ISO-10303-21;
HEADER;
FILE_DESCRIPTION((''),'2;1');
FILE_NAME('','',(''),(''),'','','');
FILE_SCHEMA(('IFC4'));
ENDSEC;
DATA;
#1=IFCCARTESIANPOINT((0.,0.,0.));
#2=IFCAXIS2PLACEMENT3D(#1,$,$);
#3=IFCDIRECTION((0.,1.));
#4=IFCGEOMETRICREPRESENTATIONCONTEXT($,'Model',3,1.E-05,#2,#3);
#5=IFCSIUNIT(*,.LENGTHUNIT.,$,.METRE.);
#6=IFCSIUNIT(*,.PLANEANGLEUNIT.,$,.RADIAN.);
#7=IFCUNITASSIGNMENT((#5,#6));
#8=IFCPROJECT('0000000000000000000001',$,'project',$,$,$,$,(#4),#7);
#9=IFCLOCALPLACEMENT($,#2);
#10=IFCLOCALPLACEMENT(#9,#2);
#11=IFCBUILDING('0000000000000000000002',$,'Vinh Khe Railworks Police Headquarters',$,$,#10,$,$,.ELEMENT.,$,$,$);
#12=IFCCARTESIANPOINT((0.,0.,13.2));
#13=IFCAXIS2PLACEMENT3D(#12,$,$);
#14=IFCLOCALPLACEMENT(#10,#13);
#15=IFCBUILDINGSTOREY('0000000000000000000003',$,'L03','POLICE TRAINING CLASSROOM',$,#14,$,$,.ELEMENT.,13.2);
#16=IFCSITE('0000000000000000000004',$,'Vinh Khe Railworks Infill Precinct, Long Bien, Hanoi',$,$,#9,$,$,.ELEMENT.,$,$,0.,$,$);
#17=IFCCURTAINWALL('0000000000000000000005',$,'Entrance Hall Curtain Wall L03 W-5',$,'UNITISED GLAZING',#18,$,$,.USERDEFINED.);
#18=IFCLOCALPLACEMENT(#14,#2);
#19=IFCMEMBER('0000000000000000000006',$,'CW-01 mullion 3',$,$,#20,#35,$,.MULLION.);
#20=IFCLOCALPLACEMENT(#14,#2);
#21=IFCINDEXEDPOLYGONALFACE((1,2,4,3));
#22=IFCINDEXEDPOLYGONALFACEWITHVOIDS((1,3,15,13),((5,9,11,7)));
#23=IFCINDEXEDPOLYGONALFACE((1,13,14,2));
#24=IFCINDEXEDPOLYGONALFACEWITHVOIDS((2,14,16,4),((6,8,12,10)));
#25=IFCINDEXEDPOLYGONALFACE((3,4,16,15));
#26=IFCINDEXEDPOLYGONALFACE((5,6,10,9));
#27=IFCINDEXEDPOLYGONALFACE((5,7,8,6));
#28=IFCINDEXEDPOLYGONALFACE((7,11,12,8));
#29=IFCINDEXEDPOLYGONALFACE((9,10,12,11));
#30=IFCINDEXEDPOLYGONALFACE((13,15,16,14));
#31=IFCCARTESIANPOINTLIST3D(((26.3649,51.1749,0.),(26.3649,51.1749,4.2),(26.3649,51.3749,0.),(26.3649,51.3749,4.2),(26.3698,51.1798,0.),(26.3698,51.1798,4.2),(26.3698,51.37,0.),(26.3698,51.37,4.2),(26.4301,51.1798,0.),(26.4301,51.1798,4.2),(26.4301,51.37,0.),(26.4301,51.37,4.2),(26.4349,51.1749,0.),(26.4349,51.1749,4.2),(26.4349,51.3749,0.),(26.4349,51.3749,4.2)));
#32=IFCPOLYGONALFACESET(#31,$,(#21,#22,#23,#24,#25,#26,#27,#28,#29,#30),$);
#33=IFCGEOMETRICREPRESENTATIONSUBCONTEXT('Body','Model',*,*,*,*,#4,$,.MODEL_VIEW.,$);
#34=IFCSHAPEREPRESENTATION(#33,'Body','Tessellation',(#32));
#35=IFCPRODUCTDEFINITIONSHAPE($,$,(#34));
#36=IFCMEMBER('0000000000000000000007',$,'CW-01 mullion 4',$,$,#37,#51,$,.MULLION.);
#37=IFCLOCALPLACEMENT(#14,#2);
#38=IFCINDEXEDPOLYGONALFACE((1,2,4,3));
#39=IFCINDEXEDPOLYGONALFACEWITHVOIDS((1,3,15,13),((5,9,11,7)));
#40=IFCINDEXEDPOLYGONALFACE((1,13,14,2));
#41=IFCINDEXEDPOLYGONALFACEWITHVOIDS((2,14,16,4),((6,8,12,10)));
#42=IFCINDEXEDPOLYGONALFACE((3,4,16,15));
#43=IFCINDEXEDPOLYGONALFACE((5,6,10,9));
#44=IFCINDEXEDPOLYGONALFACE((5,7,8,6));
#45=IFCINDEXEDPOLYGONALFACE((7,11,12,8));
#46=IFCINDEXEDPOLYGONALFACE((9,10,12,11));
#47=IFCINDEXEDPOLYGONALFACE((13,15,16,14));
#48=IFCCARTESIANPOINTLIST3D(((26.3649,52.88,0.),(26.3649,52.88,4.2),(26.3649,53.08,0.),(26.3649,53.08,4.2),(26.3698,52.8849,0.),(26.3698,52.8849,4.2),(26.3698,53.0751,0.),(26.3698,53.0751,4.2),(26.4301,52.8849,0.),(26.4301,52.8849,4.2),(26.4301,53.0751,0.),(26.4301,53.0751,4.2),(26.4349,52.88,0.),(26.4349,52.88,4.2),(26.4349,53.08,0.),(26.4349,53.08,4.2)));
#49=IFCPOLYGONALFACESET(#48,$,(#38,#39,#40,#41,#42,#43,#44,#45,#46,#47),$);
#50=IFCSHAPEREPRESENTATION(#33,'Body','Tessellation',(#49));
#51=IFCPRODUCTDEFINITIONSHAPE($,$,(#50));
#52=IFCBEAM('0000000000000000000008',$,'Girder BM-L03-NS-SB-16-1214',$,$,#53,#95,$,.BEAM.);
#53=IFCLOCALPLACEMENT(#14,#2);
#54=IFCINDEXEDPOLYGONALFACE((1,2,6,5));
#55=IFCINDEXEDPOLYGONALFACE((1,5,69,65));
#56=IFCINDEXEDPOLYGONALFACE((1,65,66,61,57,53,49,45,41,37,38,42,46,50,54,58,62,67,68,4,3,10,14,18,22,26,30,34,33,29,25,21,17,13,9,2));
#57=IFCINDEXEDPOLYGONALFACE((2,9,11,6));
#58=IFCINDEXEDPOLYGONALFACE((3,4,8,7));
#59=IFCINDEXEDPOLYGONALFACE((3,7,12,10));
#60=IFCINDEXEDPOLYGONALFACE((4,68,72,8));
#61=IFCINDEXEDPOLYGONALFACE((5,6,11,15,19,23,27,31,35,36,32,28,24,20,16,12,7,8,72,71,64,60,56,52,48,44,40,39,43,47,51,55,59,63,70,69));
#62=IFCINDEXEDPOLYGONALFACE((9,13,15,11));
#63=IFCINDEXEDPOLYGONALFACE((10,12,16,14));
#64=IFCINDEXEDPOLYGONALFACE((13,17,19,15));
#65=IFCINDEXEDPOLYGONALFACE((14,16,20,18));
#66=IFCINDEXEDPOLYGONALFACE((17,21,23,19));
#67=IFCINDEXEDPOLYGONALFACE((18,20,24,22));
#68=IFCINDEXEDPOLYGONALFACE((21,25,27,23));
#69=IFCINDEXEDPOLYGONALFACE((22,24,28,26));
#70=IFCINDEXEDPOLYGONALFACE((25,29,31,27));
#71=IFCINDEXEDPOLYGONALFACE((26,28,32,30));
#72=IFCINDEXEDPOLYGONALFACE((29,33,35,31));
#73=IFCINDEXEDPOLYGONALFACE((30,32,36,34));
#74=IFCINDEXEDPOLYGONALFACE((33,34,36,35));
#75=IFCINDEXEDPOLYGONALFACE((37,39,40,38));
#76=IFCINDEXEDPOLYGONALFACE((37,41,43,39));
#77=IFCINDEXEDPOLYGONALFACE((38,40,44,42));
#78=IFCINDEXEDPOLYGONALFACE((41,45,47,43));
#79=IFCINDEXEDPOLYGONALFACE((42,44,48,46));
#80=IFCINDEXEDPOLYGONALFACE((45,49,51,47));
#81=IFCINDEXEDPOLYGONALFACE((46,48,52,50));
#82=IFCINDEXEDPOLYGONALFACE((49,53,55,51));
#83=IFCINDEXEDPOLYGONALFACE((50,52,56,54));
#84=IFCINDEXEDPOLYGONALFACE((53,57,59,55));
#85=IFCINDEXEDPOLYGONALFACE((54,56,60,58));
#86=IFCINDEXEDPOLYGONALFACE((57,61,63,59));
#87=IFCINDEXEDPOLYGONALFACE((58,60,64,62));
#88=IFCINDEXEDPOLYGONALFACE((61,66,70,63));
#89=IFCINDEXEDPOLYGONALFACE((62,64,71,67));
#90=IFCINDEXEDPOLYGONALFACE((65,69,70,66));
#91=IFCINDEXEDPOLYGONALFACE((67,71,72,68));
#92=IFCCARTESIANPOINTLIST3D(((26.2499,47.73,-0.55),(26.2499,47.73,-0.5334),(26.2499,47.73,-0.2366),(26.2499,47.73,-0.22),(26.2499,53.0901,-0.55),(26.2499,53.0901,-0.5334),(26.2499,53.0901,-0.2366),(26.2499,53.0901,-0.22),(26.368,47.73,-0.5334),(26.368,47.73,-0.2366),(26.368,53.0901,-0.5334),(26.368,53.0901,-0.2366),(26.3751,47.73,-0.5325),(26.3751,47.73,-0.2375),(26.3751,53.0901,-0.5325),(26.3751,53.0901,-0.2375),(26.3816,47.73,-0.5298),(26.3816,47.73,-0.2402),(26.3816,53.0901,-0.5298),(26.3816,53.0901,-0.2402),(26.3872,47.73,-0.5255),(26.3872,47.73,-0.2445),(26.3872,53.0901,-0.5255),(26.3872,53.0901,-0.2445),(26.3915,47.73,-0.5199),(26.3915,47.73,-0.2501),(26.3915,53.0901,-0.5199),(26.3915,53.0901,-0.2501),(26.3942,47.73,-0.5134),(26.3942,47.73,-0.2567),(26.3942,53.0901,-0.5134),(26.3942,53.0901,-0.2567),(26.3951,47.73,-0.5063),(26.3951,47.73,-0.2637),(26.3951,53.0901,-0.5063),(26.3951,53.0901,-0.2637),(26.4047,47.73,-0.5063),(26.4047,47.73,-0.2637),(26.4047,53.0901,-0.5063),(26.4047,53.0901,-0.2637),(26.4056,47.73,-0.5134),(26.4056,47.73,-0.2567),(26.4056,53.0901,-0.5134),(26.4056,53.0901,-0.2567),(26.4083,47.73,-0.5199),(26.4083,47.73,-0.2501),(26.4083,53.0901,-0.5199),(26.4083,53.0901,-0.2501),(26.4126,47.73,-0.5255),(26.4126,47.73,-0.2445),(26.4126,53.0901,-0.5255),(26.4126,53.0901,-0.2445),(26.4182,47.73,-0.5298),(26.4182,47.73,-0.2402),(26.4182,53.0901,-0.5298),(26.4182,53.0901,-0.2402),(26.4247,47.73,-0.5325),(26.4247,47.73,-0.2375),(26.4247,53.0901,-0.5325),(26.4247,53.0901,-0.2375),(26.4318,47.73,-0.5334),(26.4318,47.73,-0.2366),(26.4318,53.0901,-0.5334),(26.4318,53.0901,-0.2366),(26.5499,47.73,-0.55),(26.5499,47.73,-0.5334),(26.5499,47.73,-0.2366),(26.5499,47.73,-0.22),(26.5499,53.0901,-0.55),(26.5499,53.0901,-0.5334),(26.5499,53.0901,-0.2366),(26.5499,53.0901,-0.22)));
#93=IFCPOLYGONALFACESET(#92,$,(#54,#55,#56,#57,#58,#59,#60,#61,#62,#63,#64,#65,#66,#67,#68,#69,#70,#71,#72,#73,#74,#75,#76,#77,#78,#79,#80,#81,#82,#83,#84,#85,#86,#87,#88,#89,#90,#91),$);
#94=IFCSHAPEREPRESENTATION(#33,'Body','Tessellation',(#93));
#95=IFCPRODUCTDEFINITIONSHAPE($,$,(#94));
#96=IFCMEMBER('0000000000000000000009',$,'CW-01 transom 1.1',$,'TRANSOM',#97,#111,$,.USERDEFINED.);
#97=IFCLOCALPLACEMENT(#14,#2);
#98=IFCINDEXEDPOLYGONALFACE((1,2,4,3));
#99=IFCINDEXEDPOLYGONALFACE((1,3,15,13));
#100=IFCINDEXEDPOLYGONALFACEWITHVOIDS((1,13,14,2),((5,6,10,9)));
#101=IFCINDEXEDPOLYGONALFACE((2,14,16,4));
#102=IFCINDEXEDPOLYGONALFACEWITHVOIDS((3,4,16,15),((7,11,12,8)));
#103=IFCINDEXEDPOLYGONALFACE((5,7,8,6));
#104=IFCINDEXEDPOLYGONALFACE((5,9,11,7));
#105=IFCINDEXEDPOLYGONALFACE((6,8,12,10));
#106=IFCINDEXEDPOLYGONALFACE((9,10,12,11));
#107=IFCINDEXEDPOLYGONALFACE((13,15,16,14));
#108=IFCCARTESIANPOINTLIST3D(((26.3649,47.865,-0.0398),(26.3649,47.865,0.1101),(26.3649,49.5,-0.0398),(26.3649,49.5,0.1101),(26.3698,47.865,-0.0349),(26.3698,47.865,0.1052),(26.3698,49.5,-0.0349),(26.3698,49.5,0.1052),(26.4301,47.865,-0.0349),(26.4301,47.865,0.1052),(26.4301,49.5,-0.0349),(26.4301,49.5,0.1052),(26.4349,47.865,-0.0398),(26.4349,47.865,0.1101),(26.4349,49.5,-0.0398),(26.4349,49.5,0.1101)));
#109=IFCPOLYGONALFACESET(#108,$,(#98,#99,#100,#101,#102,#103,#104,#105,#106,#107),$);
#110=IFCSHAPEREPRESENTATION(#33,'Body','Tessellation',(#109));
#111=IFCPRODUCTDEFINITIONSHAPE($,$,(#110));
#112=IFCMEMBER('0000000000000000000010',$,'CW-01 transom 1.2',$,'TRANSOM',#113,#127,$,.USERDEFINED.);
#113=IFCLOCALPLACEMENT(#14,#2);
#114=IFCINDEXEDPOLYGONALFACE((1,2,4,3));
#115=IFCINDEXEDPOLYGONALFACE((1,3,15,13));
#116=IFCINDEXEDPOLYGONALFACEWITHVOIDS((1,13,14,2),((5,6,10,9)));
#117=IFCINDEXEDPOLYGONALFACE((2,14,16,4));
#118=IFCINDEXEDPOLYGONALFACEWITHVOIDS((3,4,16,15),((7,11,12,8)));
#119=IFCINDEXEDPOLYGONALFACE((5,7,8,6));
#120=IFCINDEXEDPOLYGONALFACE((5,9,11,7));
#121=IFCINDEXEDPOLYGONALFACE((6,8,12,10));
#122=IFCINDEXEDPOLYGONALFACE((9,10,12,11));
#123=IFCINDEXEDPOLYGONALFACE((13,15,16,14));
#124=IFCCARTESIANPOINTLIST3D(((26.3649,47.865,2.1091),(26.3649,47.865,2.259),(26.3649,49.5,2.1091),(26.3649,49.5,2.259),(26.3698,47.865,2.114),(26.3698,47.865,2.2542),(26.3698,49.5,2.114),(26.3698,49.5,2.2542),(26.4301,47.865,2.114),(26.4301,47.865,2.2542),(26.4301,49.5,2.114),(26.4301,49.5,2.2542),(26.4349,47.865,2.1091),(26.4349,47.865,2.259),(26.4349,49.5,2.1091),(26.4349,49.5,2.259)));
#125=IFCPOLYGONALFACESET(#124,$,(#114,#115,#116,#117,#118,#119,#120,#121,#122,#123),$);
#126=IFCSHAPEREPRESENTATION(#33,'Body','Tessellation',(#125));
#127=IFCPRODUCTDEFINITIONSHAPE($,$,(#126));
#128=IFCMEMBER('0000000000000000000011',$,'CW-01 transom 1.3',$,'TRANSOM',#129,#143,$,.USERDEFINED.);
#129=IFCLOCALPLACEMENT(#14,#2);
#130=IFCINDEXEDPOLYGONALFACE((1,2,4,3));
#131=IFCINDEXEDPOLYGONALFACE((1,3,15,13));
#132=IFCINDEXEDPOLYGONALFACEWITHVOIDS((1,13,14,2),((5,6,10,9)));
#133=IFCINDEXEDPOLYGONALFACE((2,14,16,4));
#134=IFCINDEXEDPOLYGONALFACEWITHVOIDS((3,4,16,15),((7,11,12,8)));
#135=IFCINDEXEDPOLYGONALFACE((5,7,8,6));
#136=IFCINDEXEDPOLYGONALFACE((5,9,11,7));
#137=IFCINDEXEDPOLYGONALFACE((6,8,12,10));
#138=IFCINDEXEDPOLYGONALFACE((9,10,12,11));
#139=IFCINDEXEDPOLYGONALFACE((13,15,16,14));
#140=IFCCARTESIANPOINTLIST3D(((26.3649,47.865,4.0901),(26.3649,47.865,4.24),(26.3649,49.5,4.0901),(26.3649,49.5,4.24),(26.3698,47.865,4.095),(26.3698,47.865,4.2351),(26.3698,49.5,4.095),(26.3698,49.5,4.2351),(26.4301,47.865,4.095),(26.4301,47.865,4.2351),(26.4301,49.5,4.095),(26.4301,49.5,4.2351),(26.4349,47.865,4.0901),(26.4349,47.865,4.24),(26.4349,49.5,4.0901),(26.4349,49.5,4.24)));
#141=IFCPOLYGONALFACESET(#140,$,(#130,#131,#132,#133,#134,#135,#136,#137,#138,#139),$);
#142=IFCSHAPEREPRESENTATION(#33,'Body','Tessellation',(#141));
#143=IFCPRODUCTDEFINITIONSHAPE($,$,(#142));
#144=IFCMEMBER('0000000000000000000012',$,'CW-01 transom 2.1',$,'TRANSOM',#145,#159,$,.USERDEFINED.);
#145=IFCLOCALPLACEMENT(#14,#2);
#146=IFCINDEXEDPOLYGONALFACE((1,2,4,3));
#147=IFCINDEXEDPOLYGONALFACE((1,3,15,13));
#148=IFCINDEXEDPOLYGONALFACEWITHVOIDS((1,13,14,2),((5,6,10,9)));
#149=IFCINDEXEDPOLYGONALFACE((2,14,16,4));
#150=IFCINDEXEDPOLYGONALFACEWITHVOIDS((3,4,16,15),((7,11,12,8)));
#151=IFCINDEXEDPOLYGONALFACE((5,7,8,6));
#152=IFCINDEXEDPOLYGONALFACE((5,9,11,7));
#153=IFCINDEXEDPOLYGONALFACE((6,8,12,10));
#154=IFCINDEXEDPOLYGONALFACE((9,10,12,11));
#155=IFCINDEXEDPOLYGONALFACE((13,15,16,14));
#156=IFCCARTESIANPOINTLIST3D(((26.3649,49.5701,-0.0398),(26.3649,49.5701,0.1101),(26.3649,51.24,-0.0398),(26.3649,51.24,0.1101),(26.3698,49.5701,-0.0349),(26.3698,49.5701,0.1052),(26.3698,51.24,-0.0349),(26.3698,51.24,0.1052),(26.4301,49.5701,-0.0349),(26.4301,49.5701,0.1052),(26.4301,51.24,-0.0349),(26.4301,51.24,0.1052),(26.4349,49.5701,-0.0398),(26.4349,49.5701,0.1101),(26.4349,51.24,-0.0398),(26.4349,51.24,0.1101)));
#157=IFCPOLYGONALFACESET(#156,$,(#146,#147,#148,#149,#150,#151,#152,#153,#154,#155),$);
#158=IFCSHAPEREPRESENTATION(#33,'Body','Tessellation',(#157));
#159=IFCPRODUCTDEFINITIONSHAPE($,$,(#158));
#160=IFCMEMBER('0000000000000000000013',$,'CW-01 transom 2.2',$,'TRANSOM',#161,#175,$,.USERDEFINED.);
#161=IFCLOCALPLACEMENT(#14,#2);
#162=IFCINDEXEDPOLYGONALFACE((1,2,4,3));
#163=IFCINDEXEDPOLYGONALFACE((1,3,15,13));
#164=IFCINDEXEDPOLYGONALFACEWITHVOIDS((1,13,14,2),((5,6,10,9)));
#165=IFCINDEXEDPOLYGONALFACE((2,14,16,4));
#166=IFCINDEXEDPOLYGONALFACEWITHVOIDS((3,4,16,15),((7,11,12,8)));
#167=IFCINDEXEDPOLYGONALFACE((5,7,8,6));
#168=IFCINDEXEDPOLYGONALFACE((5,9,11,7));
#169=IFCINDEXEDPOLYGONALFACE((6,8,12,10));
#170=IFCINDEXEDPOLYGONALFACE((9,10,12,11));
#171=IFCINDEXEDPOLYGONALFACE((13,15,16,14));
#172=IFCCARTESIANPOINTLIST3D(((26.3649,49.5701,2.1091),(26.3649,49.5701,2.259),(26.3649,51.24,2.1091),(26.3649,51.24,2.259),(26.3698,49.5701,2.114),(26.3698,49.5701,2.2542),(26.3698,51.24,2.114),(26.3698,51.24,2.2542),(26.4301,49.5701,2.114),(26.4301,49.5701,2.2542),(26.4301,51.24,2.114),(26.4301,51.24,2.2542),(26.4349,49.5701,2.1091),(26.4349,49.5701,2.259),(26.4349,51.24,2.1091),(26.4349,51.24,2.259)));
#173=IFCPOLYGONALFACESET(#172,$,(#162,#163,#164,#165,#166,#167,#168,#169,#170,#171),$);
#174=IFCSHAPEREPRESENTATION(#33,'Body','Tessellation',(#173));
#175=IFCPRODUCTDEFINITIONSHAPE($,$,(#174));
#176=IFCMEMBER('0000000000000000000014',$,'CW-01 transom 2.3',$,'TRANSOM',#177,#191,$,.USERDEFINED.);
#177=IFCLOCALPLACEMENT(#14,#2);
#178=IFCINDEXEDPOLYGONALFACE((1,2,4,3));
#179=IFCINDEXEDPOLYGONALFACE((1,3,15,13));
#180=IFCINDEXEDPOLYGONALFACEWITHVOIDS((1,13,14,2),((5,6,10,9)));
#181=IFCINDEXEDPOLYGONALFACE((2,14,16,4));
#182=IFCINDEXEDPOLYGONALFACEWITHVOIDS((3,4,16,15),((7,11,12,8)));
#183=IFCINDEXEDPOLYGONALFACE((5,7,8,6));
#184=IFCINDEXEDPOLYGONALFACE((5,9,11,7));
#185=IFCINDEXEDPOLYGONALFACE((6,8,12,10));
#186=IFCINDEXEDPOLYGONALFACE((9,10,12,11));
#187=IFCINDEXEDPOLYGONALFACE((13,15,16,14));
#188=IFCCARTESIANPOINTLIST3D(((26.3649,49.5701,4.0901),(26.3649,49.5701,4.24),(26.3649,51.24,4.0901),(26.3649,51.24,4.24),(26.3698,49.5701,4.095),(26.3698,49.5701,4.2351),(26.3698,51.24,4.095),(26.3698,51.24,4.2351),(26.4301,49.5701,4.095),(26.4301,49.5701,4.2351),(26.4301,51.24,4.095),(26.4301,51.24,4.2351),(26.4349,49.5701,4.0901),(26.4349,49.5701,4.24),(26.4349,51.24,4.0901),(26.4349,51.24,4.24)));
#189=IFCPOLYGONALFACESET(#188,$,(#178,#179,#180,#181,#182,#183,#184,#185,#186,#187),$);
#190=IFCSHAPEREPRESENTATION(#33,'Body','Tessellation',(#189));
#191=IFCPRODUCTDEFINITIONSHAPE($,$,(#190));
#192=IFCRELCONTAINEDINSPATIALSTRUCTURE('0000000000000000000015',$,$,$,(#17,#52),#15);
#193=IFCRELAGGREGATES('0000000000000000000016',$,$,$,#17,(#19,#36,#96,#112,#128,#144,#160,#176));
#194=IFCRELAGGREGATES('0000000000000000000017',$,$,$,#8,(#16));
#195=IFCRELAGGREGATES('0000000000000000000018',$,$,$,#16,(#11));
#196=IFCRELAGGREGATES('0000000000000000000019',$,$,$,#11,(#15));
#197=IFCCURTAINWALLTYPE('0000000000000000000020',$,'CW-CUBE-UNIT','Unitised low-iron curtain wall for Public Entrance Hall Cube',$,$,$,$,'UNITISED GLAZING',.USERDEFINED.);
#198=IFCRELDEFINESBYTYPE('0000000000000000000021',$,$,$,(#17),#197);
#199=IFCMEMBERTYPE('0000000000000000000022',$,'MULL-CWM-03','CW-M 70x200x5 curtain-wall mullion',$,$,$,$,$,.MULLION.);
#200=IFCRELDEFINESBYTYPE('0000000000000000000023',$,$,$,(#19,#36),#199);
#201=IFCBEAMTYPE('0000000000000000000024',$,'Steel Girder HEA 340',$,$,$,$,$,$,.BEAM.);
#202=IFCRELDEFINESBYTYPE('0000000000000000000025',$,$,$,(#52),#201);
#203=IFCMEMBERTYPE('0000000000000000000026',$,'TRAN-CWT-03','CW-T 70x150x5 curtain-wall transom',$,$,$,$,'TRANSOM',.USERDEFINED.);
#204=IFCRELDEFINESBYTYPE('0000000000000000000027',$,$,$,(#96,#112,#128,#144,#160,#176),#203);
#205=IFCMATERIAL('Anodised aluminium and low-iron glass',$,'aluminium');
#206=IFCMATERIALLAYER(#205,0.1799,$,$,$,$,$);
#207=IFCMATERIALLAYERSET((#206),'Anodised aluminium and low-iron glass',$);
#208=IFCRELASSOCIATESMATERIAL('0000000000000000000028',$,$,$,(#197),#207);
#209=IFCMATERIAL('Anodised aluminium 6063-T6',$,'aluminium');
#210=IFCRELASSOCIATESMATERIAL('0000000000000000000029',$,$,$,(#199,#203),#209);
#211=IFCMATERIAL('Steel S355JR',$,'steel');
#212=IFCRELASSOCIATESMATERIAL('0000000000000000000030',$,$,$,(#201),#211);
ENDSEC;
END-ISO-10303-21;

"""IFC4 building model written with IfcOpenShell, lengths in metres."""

from ifc_helpers import new_model, si_unit, direction, frame, origin, origin_2d, place, context, subcontext, project, spatial, hollow_rectangle, i_section, extrude, material, layer, layer_set, material_profile, profile_set, type_object, element, aggregate, save


model = new_model("IFC4")

# Units and contexts
model_context = context("Model", 3, precision=1e-05, world=origin(), true_north=direction((0.0, 1.0)))
body_context = subcontext(model_context, "Body", "Model", "MODEL_VIEW")
ifc_project = project(units=[si_unit("LENGTHUNIT", "METRE"), si_unit("PLANEANGLEUNIT", "RADIAN")], contexts=[model_context])

# Site, building, storey
site_placement = place(None, origin())
site = spatial("IfcSite", under=ifc_project, at=site_placement, Name="Vinh Khe Railworks Infill Precinct, Long Bien, Hanoi", CompositionType="ELEMENT", RefElevation=0.0)
building_placement = place(site_placement, origin())
building = spatial("IfcBuilding", under=site, at=building_placement, Name="Vinh Khe Railworks Police Headquarters", CompositionType="ELEMENT")
storey_placement = place(building_placement, frame((0.0, 0.0, 13.2)))
storey = spatial("IfcBuildingStorey", under=building, at=storey_placement, Name="L03", Description="POLICE TRAINING CLASSROOM", CompositionType="ELEMENT", Elevation=13.2)

# Shared definitions
ifc_material_1 = material(Name="Steel S355JR", Category="steel")

# Curtain wall, members
ifc_material_2 = material(Name="Anodised aluminium and low-iron glass", Category="aluminium")
ifc_layer_1 = layer(ifc_material_2, 0.1799)
ifc_layer_set_1 = layer_set([ifc_layer_1], Name="Anodised aluminium and low-iron glass")
curtain_wall_type = type_object("IfcCurtainWallType", Name="CW-CUBE-UNIT", Description="Unitised low-iron curtain wall for Public Entrance Hall Cube", ElementType="UNITISED GLAZING", PredefinedType="USERDEFINED", material=ifc_layer_set_1)
curtain_wall_placement = place(storey_placement, origin())
curtain_wall = element("IfcCurtainWall", 1, at=curtain_wall_placement, inside=storey, type_object=curtain_wall_type, Name="Entrance Hall Curtain Wall L03 W-5", ObjectType="UNITISED GLAZING", PredefinedType="USERDEFINED")
ifc_material_3 = material(Name="Anodised aluminium 6063-T6", Category="aluminium")
ifc_material_profile_1 = material_profile(ifc_material_3, hollow_rectangle(XDim=0.0701, YDim=0.2, WallThickness=0.0049, at=origin_2d()), Name="CW-M 70x200x5")
ifc_profile_set_1 = profile_set([ifc_material_profile_1], Name="Anodised aluminium 6063-T6")
member_type_1 = type_object("IfcMemberType", Name="MULL-CWM-03", Description="CW-M 70x200x5 curtain-wall mullion", PredefinedType="MULLION", material=ifc_profile_set_1)
member_1_placement = place(storey_placement, frame((26.3999, 51.2749, 0.0), z_axis=(0.0, 0.0, 1.0), x_axis=(-1.0, 0.0, 0.0)))
member_1 = element("IfcMember", 2, at=member_1_placement, type_object=member_type_1, Name="CW-01 mullion 3", PredefinedType="MULLION", context=body_context, shape_type="SweptSolid", body=[
    extrude(hollow_rectangle(XDim=0.0701, YDim=0.2, WallThickness=0.0049, at=origin_2d()), origin(), (0.0, 0.0, 1.0), 4.2),
])
member_2_placement = place(storey_placement, frame((26.3999, 52.98, 0.0), z_axis=(0.0, 0.0, 1.0), x_axis=(-1.0, 0.0, 0.0)))
member_2 = element("IfcMember", 3, at=member_2_placement, type_object=member_type_1, Name="CW-01 mullion 4", PredefinedType="MULLION", context=body_context, shape_type="SweptSolid", body=[
    extrude(hollow_rectangle(XDim=0.0701, YDim=0.2, WallThickness=0.0049, at=origin_2d()), origin(), (0.0, 0.0, 1.0), 4.2),
])

# Beam
ifc_material_profile_2 = material_profile(ifc_material_1, i_section(OverallWidth=0.3, OverallDepth=0.3301, WebThickness=0.0095, FlangeThickness=0.0166, FilletRadius=0.0271, at=origin_2d()), Name="HEA 340")
ifc_profile_set_2 = profile_set([ifc_material_profile_2], Name="Steel S355JR")
beam_type = type_object("IfcBeamType", Name="Steel Girder HEA 340", PredefinedType="BEAM", material=ifc_profile_set_2)
beam_placement = place(storey_placement, frame((26.3999, 47.73, -0.385), z_axis=(0.0, 1.0, 0.0), x_axis=(-1.0, 0.0, 0.0)))
element("IfcBeam", 4, at=beam_placement, inside=storey, type_object=beam_type, Name="Girder BM-L03-NS-SB-16-1214", PredefinedType="BEAM", context=body_context, shape_type="SweptSolid", body=[
    extrude(i_section(OverallWidth=0.3, OverallDepth=0.3301, WebThickness=0.0095, FlangeThickness=0.0166, FilletRadius=0.0271, at=origin_2d()), origin(), (0.0, 0.0, 1.0), 5.3601),
])

# Members
ifc_material_profile_3 = material_profile(ifc_material_3, hollow_rectangle(XDim=0.0701, YDim=0.1499, WallThickness=0.0049, at=origin_2d()), Name="CW-T 70x150x5")
ifc_profile_set_3 = profile_set([ifc_material_profile_3], Name="Anodised aluminium 6063-T6")
member_type_2 = type_object("IfcMemberType", Name="TRAN-CWT-03", Description="CW-T 70x150x5 curtain-wall transom", ElementType="TRANSOM", PredefinedType="USERDEFINED", material=ifc_profile_set_3)
member_3_placement = place(storey_placement, frame((26.3999, 47.865, 0.0352), z_axis=(0.0, 1.0, 0.0), x_axis=(-1.0, 0.0, 0.0)))
member_3 = element("IfcMember", 5, at=member_3_placement, type_object=member_type_2, Name="CW-01 transom 1.1", ObjectType="TRANSOM", PredefinedType="USERDEFINED", context=body_context, shape_type="SweptSolid", body=[
    extrude(hollow_rectangle(XDim=0.0701, YDim=0.1499, WallThickness=0.0049, at=origin_2d()), origin(), (0.0, 0.0, 1.0), 1.635),
])
member_4_placement = place(storey_placement, frame((26.3999, 47.865, 2.1841), z_axis=(0.0, 1.0, 0.0), x_axis=(-1.0, 0.0, 0.0)))
member_4 = element("IfcMember", 6, at=member_4_placement, type_object=member_type_2, Name="CW-01 transom 1.2", ObjectType="TRANSOM", PredefinedType="USERDEFINED", context=body_context, shape_type="SweptSolid", body=[
    extrude(hollow_rectangle(XDim=0.0701, YDim=0.1499, WallThickness=0.0049, at=origin_2d()), origin(), (0.0, 0.0, 1.0), 1.635),
])
member_5_placement = place(storey_placement, frame((26.3999, 47.865, 4.165), z_axis=(0.0, 1.0, 0.0), x_axis=(-1.0, 0.0, 0.0)))
member_5 = element("IfcMember", 7, at=member_5_placement, type_object=member_type_2, Name="CW-01 transom 1.3", ObjectType="TRANSOM", PredefinedType="USERDEFINED", context=body_context, shape_type="SweptSolid", body=[
    extrude(hollow_rectangle(XDim=0.0701, YDim=0.1499, WallThickness=0.0049, at=origin_2d()), origin(), (0.0, 0.0, 1.0), 1.635),
])
member_6_placement = place(storey_placement, frame((26.3999, 49.5701, 0.0352), z_axis=(0.0, 1.0, 0.0), x_axis=(-1.0, 0.0, 0.0)))
member_6 = element("IfcMember", 8, at=member_6_placement, type_object=member_type_2, Name="CW-01 transom 2.1", ObjectType="TRANSOM", PredefinedType="USERDEFINED", context=body_context, shape_type="SweptSolid", body=[
    extrude(hollow_rectangle(XDim=0.0701, YDim=0.1499, WallThickness=0.0049, at=origin_2d()), origin(), (0.0, 0.0, 1.0), 1.6699),
])
member_7_placement = place(storey_placement, frame((26.3999, 49.5701, 2.1841), z_axis=(0.0, 1.0, 0.0), x_axis=(-1.0, 0.0, 0.0)))
member_7 = element("IfcMember", 9, at=member_7_placement, type_object=member_type_2, Name="CW-01 transom 2.2", ObjectType="TRANSOM", PredefinedType="USERDEFINED", context=body_context, shape_type="SweptSolid", body=[
    extrude(hollow_rectangle(XDim=0.0701, YDim=0.1499, WallThickness=0.0049, at=origin_2d()), origin(), (0.0, 0.0, 1.0), 1.6699),
])
member_8_placement = place(storey_placement, frame((26.3999, 49.5701, 4.165), z_axis=(0.0, 1.0, 0.0), x_axis=(-1.0, 0.0, 0.0)))
member_8 = element("IfcMember", 10, at=member_8_placement, type_object=member_type_2, Name="CW-01 transom 2.3", ObjectType="TRANSOM", PredefinedType="USERDEFINED", context=body_context, shape_type="SweptSolid", body=[
    extrude(hollow_rectangle(XDim=0.0701, YDim=0.1499, WallThickness=0.0049, at=origin_2d()), origin(), (0.0, 0.0, 1.0), 1.6699),
])

aggregate(curtain_wall, [member_1, member_2, member_3, member_4, member_5, member_6, member_7, member_8])

save(model, "model.ifc")
